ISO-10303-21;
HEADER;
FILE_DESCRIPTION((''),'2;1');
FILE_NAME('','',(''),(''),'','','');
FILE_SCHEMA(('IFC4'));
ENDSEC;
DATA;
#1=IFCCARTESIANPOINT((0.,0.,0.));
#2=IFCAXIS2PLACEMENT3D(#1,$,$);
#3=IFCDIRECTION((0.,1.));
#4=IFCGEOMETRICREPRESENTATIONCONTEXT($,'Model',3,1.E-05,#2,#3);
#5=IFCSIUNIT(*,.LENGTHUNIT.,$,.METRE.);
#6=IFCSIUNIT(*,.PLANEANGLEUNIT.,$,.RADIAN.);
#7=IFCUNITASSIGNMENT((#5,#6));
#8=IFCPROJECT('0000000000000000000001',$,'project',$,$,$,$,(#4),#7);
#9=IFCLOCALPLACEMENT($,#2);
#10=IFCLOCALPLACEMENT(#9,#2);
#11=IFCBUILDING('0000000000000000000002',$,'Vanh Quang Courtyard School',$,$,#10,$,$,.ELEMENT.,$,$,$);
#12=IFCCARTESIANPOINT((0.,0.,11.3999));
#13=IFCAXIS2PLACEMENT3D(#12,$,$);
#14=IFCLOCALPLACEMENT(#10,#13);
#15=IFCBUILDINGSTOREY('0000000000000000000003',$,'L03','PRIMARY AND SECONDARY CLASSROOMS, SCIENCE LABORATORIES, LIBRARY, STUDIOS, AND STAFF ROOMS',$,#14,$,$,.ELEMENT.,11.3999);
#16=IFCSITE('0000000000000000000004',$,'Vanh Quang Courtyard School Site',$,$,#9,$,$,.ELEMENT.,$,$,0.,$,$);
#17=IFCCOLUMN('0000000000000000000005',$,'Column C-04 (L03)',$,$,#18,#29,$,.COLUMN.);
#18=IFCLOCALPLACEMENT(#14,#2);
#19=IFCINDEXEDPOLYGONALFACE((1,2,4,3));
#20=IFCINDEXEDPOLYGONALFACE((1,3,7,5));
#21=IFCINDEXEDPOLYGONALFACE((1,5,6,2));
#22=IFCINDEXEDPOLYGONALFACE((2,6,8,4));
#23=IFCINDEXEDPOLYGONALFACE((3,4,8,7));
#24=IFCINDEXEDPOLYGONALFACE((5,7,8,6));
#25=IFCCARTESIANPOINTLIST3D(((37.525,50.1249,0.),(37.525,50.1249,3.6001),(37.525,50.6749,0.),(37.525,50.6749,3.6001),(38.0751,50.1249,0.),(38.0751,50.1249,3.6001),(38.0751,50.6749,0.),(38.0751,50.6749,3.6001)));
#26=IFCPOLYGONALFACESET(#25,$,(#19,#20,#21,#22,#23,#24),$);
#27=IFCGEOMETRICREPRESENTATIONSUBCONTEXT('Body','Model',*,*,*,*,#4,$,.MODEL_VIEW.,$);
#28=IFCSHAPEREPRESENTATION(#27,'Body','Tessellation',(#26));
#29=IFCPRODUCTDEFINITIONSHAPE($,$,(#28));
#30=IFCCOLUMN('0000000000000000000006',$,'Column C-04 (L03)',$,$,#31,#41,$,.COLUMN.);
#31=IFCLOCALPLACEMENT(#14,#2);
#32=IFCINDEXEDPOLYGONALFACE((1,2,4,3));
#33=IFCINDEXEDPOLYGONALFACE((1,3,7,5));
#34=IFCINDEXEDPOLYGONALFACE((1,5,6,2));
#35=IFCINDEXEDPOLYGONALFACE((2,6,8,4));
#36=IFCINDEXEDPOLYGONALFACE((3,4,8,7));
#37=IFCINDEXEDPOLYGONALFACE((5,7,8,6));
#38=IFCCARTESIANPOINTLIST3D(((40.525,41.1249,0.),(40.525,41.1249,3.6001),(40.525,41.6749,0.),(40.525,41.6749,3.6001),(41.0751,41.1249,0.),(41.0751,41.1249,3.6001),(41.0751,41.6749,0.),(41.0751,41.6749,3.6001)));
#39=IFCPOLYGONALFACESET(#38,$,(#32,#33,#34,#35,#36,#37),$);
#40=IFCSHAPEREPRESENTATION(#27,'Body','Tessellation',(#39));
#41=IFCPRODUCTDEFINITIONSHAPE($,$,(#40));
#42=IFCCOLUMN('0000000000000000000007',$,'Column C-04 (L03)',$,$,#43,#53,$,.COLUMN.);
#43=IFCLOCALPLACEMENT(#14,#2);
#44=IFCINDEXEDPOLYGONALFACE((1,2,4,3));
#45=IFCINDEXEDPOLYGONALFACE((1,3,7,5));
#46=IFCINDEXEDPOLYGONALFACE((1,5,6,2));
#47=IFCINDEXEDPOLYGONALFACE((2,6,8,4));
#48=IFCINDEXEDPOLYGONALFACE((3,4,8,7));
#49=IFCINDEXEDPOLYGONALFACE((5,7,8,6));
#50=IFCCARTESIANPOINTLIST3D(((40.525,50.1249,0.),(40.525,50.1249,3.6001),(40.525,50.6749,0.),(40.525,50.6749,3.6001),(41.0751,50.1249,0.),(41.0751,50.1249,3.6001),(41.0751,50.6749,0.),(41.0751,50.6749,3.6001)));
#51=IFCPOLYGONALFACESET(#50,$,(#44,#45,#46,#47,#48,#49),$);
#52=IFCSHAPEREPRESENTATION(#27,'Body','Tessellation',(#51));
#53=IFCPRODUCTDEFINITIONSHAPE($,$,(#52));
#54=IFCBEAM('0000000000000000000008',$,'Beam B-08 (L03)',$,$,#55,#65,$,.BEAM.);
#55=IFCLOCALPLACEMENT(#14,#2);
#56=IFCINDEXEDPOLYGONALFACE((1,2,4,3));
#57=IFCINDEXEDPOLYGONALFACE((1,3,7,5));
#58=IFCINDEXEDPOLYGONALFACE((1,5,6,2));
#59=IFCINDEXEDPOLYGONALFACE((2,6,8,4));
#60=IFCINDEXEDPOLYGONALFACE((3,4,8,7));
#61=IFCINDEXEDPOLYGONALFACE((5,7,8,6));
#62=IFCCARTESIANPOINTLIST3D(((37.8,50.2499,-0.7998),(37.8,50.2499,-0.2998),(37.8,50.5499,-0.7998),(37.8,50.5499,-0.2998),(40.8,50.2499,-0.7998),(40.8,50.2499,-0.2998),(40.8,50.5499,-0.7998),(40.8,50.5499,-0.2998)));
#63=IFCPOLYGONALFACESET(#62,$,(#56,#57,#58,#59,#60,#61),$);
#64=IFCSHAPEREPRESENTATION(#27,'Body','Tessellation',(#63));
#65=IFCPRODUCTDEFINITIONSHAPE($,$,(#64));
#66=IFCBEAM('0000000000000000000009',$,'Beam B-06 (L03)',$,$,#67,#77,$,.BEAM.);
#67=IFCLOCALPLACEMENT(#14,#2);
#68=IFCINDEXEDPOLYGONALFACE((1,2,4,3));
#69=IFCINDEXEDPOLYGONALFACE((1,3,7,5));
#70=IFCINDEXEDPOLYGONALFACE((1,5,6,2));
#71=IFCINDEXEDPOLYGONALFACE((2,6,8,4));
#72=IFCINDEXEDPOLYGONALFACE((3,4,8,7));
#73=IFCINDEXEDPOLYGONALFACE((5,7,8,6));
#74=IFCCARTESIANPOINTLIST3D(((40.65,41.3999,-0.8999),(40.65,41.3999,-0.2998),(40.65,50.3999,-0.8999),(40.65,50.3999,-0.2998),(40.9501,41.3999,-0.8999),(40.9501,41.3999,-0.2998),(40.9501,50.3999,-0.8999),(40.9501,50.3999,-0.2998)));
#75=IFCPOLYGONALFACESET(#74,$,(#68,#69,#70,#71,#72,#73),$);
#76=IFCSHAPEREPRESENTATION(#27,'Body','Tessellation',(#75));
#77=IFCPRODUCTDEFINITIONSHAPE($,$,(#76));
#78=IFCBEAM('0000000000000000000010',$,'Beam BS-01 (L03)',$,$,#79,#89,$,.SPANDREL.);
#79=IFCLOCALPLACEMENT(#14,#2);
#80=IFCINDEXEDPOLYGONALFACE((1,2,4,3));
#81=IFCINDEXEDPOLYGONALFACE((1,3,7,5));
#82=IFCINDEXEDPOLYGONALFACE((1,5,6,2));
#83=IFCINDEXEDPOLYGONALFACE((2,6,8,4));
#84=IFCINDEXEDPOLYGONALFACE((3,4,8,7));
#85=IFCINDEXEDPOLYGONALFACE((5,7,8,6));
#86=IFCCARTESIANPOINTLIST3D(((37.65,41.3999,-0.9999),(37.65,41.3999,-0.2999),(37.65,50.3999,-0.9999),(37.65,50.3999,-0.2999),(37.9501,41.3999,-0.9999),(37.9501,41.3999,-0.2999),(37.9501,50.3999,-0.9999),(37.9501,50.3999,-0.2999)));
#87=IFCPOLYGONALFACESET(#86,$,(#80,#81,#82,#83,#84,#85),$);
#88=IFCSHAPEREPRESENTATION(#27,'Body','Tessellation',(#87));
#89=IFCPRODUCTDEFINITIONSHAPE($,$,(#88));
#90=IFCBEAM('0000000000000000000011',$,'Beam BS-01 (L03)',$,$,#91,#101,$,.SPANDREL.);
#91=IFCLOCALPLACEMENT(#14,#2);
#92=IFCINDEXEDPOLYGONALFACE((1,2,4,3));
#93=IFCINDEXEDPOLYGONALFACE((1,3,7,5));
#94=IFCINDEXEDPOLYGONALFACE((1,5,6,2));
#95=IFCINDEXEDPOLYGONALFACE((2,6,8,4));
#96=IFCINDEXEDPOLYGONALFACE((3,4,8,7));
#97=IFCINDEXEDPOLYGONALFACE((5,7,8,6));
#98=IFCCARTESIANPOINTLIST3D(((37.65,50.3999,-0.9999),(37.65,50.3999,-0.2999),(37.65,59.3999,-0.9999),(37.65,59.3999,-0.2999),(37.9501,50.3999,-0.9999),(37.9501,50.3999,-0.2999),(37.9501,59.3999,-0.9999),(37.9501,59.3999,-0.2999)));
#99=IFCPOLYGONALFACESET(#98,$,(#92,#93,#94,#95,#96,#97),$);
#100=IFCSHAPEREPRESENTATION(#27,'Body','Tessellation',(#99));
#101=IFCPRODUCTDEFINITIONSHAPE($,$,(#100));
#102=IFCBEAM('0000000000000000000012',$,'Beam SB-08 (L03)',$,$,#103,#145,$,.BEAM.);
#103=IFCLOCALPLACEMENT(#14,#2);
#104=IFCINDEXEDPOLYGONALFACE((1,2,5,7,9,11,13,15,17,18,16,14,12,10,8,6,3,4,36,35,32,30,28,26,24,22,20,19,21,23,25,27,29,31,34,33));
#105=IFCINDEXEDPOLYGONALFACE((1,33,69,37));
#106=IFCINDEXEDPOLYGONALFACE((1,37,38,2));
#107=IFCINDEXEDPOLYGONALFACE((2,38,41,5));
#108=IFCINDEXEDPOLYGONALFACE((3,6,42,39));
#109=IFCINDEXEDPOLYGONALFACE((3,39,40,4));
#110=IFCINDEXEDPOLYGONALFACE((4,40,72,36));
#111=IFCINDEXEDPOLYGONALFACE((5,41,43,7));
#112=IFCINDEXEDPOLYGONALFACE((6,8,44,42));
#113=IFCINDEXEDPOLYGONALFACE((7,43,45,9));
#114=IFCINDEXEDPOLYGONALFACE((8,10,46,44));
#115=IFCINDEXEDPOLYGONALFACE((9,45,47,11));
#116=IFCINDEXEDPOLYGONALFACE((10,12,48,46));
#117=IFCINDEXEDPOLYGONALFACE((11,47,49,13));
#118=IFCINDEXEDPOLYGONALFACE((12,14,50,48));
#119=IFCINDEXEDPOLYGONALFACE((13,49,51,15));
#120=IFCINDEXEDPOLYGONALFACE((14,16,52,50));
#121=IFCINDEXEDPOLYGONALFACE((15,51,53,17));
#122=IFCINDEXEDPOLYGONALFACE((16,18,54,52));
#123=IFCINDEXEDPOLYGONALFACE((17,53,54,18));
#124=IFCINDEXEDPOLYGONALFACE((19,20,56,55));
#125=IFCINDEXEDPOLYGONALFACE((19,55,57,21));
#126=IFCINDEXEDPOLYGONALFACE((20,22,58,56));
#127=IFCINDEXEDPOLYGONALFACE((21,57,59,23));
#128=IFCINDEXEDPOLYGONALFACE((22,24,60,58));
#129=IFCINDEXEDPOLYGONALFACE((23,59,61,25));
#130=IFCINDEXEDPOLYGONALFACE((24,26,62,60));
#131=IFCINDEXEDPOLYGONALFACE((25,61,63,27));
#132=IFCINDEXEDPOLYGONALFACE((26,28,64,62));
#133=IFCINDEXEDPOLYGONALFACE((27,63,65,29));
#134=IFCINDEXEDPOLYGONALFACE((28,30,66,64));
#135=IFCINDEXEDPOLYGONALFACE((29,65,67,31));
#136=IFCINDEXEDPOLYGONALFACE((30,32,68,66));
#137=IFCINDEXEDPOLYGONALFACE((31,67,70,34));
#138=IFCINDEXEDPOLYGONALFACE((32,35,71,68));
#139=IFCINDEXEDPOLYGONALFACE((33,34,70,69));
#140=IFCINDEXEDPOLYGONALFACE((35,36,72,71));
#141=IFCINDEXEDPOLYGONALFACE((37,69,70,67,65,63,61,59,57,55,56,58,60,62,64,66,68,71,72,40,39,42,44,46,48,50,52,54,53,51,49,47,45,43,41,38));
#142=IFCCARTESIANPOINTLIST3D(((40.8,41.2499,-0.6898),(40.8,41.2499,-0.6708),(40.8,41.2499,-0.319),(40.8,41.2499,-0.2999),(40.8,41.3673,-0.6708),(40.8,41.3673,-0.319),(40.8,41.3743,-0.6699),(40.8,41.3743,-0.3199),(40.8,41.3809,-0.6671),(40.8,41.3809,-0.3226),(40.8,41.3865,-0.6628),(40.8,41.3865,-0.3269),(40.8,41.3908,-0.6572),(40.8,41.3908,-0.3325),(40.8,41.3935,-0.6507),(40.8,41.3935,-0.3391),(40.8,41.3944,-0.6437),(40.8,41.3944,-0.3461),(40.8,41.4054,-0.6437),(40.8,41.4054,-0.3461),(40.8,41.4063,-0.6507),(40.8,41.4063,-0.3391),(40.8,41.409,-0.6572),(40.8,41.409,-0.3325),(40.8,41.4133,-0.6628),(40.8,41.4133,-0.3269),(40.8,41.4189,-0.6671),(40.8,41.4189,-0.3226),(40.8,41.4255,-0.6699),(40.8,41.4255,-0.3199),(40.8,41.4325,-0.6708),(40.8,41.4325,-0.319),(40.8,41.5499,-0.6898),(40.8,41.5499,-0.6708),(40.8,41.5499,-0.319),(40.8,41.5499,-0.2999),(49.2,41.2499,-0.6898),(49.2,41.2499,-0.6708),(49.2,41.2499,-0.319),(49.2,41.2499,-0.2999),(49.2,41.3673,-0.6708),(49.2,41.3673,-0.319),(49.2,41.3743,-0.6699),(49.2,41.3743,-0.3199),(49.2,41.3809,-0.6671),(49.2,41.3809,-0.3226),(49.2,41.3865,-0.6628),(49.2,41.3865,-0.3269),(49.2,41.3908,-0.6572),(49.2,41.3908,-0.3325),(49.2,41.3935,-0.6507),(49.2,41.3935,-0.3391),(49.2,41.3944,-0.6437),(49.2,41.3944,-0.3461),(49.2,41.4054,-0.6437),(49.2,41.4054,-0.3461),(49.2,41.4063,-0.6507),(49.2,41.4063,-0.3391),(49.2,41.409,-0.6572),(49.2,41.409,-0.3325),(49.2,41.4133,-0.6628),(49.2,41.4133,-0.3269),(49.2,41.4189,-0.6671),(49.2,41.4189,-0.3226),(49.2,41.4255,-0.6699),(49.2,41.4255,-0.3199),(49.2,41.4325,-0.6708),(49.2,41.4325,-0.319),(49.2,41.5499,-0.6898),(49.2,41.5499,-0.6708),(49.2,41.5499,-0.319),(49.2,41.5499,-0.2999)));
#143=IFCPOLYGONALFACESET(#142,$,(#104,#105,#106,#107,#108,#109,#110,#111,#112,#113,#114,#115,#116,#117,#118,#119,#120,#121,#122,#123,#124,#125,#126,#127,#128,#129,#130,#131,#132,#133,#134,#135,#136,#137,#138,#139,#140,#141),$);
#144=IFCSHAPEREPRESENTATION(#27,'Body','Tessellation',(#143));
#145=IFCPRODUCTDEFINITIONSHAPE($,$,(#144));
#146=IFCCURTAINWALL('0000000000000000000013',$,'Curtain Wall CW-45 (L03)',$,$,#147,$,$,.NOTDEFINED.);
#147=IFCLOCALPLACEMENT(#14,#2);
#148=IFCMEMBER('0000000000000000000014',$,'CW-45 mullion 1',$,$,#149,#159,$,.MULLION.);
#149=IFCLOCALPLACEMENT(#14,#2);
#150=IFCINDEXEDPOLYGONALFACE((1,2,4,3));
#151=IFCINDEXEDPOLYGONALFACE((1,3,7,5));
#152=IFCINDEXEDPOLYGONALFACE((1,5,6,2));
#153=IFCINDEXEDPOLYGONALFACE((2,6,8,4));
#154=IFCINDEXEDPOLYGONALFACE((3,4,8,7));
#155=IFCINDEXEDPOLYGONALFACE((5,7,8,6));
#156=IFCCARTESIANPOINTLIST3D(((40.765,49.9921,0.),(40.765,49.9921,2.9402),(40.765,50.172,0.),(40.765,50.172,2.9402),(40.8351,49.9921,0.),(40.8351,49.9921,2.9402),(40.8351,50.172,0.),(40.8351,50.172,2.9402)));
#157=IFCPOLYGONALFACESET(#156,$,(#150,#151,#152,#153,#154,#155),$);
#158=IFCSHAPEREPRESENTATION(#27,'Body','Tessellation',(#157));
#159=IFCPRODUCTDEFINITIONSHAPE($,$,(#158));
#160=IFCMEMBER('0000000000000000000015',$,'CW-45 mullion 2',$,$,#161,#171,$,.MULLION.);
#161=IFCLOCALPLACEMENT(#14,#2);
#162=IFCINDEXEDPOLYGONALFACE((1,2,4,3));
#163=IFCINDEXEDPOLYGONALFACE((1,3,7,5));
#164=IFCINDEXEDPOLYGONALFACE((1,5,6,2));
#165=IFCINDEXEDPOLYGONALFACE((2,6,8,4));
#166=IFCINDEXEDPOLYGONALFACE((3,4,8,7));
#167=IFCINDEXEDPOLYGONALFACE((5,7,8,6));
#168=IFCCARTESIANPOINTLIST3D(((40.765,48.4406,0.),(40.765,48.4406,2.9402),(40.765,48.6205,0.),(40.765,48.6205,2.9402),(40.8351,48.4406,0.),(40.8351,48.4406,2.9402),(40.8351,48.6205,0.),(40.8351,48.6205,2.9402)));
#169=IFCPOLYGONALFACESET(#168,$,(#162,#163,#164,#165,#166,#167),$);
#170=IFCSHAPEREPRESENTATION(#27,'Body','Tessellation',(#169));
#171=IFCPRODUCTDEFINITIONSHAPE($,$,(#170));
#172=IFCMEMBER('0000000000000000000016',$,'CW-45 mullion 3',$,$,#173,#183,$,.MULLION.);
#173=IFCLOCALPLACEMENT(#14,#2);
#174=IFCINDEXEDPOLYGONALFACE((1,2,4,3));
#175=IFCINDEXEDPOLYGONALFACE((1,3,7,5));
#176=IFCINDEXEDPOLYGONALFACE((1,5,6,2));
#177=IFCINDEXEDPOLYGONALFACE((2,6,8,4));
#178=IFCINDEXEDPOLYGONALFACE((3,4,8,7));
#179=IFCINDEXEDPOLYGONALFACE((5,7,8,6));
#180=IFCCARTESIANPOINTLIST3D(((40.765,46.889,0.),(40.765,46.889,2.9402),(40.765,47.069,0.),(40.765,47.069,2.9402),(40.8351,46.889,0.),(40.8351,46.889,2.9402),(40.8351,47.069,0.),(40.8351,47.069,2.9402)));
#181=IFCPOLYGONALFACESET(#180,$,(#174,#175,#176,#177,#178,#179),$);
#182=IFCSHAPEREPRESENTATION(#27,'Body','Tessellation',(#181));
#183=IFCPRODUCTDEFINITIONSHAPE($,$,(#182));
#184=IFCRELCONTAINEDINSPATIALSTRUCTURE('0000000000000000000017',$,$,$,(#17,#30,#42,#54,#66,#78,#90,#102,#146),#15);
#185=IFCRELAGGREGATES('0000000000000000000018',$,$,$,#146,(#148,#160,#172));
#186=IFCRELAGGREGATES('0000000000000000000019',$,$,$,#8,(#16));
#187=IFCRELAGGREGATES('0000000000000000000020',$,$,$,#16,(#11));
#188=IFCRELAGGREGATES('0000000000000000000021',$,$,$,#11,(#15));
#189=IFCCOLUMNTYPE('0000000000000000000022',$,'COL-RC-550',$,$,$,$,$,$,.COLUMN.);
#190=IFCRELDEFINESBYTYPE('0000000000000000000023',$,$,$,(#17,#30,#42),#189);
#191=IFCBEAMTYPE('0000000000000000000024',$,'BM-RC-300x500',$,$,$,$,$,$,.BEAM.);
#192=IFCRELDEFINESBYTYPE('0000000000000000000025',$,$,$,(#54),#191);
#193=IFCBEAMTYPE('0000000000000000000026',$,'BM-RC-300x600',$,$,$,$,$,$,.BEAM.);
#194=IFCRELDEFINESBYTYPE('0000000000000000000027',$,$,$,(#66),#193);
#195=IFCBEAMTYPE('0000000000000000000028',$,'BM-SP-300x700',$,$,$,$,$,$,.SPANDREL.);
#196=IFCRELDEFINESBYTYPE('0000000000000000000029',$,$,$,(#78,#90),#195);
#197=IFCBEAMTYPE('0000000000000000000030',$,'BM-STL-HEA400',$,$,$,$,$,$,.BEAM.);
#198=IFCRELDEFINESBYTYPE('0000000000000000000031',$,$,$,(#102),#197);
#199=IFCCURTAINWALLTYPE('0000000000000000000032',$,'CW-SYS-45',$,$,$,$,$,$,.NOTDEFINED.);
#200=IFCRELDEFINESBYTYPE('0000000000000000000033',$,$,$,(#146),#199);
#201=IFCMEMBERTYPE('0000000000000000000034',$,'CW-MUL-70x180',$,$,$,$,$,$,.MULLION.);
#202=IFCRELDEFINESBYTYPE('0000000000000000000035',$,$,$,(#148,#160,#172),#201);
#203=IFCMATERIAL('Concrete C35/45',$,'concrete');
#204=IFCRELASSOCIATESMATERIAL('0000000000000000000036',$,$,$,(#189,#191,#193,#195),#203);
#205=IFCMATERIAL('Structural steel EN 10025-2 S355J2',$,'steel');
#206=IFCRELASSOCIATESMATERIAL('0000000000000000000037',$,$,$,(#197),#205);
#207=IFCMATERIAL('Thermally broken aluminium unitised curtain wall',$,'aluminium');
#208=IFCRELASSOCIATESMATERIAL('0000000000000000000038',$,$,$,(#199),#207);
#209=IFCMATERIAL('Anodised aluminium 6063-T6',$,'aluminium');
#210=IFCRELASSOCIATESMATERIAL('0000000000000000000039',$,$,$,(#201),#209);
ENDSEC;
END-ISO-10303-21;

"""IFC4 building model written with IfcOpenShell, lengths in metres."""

from ifc_helpers import new_model, si_unit, direction, frame, origin, origin_2d, place, context, subcontext, project, spatial, rectangle, i_section, extrude, material, material_profile, profile_set, type_object, element, aggregate, save


model = new_model("IFC4")

# Units and contexts
model_context = context("Model", 3, precision=1e-05, world=origin(), true_north=direction((0.0, 1.0)))
body_context = subcontext(model_context, "Body", "Model", "MODEL_VIEW")
ifc_project = project(units=[si_unit("LENGTHUNIT", "METRE"), si_unit("PLANEANGLEUNIT", "RADIAN")], contexts=[model_context])

# Site, building, storey
site_placement = place(None, origin())
site = spatial("IfcSite", under=ifc_project, at=site_placement, Name="Vanh Quang Courtyard School Site", CompositionType="ELEMENT", RefElevation=0.0)
building_placement = place(site_placement, origin())
building = spatial("IfcBuilding", under=site, at=building_placement, Name="Vanh Quang Courtyard School", CompositionType="ELEMENT")
storey_placement = place(building_placement, frame((0.0, 0.0, 11.3999)))
storey = spatial("IfcBuildingStorey", under=building, at=storey_placement, Name="L03", Description="PRIMARY AND SECONDARY CLASSROOMS, SCIENCE LABORATORIES, LIBRARY, STUDIOS, AND STAFF ROOMS", CompositionType="ELEMENT", Elevation=11.3999)

# Columns
ifc_material_1 = material(Name="Concrete C35/45", Category="concrete")
ifc_material_profile_1 = material_profile(ifc_material_1, rectangle(XDim=0.55, YDim=0.55, at=origin_2d()), Name="RC-COL 550x550")
ifc_profile_set_1 = profile_set([ifc_material_profile_1], Name="Concrete C35/45")
column_type = type_object("IfcColumnType", Name="COL-RC-550", PredefinedType="COLUMN", material=ifc_profile_set_1)
for number, where, z_axis, x_axis, name in (
    (1, (37.8, 50.3999, 0.0), (0.0, 0.0, 1.0), (1.0, 0.0, 0.0), "Column C-04 (L03)"),
    (2, (40.8, 41.3999, 0.0), (0.0, 0.0, 1.0), (1.0, 0.0, 0.0), "Column C-04 (L03)"),
    (3, (40.8, 50.3999, 0.0), (0.0, 0.0, 1.0), (1.0, 0.0, 0.0), "Column C-04 (L03)"),
):
    element("IfcColumn", number, at=place(storey_placement, frame(where, z_axis=z_axis, x_axis=x_axis)), inside=storey, type_object=column_type, Name=name, PredefinedType="COLUMN", context=body_context, shape_type="SweptSolid", body=[
        extrude(rectangle(XDim=0.55, YDim=0.55, at=origin_2d()), origin(), (0.0, 0.0, 1.0), 3.6001),
    ])

# Beams
ifc_material_profile_2 = material_profile(ifc_material_1, rectangle(XDim=0.3, YDim=0.5, at=origin_2d()), Name="RC-BM 300x500")
ifc_profile_set_2 = profile_set([ifc_material_profile_2], Name="Concrete C35/45")
beam_type_1 = type_object("IfcBeamType", Name="BM-RC-300x500", PredefinedType="BEAM", material=ifc_profile_set_2)
beam_1_placement = place(storey_placement, frame((37.8, 50.3999, -0.5498), z_axis=(1.0, 0.0, 0.0), x_axis=(0.0, 1.0, 0.0)))
element("IfcBeam", 4, at=beam_1_placement, inside=storey, type_object=beam_type_1, Name="Beam B-08 (L03)", PredefinedType="BEAM", context=body_context, shape_type="SweptSolid", body=[
    extrude(rectangle(XDim=0.3, YDim=0.5, at=origin_2d()), origin(), (0.0, 0.0, 1.0), 3.0),
])
ifc_material_profile_3 = material_profile(ifc_material_1, rectangle(XDim=0.3, YDim=0.6001, at=origin_2d()), Name="RC-BM 300x600")
ifc_profile_set_3 = profile_set([ifc_material_profile_3], Name="Concrete C35/45")
beam_type_2 = type_object("IfcBeamType", Name="BM-RC-300x600", PredefinedType="BEAM", material=ifc_profile_set_3)
beam_2_placement = place(storey_placement, frame((40.8, 41.3999, -0.5999), z_axis=(0.0, 1.0, 0.0), x_axis=(-1.0, 0.0, 0.0)))
element("IfcBeam", 5, at=beam_2_placement, inside=storey, type_object=beam_type_2, Name="Beam B-06 (L03)", PredefinedType="BEAM", context=body_context, shape_type="SweptSolid", body=[
    extrude(rectangle(XDim=0.3, YDim=0.6001, at=origin_2d()), origin(), (0.0, 0.0, 1.0), 9.0),
])
ifc_material_profile_4 = material_profile(ifc_material_1, rectangle(XDim=0.3, YDim=0.7, at=origin_2d()), Name="RC-SP 300x700")
ifc_profile_set_4 = profile_set([ifc_material_profile_4], Name="Concrete C35/45")
beam_type_3 = type_object("IfcBeamType", Name="BM-SP-300x700", PredefinedType="SPANDREL", material=ifc_profile_set_4)
for number, where, z_axis, x_axis, name in (
    (6, (37.8, 41.3999, -0.6499), (0.0, 1.0, 0.0), (-1.0, 0.0, 0.0), "Beam BS-01 (L03)"),
    (7, (37.8, 50.3999, -0.6499), (0.0, 1.0, 0.0), (-1.0, 0.0, 0.0), "Beam BS-01 (L03)"),
):
    element("IfcBeam", number, at=place(storey_placement, frame(where, z_axis=z_axis, x_axis=x_axis)), inside=storey, type_object=beam_type_3, Name=name, PredefinedType="SPANDREL", context=body_context, shape_type="SweptSolid", body=[
        extrude(rectangle(XDim=0.3, YDim=0.7, at=origin_2d()), origin(), (0.0, 0.0, 1.0), 9.0),
    ])
ifc_material_2 = material(Name="Structural steel EN 10025-2 S355J2", Category="steel")
ifc_material_profile_5 = material_profile(ifc_material_2, i_section(OverallWidth=0.3, OverallDepth=0.3899, WebThickness=0.011, FlangeThickness=0.019, FilletRadius=0.0271, at=origin_2d()), Name="HEA 400")
ifc_profile_set_5 = profile_set([ifc_material_profile_5], Name="Structural steel EN 10025-2 S355J2")
beam_type_4 = type_object("IfcBeamType", Name="BM-STL-HEA400", PredefinedType="BEAM", material=ifc_profile_set_5)
beam_3_placement = place(storey_placement, frame((40.8, 41.3999, -0.4949), z_axis=(1.0, 0.0, 0.0), x_axis=(0.0, 1.0, 0.0)))
element("IfcBeam", 8, at=beam_3_placement, inside=storey, type_object=beam_type_4, Name="Beam SB-08 (L03)", PredefinedType="BEAM", context=body_context, shape_type="SweptSolid", body=[
    extrude(i_section(OverallWidth=0.3, OverallDepth=0.3899, WebThickness=0.011, FlangeThickness=0.019, FilletRadius=0.0271, at=origin_2d()), origin(), (0.0, 0.0, 1.0), 8.3999),
])

# Curtain wall, members
ifc_material_3 = material(Name="Thermally broken aluminium unitised curtain wall", Category="aluminium")
curtain_wall_type = type_object("IfcCurtainWallType", Name="CW-SYS-45", PredefinedType="NOTDEFINED", material=ifc_material_3)
curtain_wall_placement = place(storey_placement, origin())
curtain_wall = element("IfcCurtainWall", 9, at=curtain_wall_placement, inside=storey, type_object=curtain_wall_type, Name="Curtain Wall CW-45 (L03)", PredefinedType="NOTDEFINED")
ifc_material_4 = material(Name="Anodised aluminium 6063-T6", Category="aluminium")
ifc_material_profile_6 = material_profile(ifc_material_4, rectangle(XDim=0.0701, YDim=0.1799, at=origin_2d()), Name="ALU-MUL 70x180")
ifc_profile_set_6 = profile_set([ifc_material_profile_6], Name="Anodised aluminium 6063-T6")
member_type_1 = type_object("IfcMemberType", Name="CW-MUL-70x180", PredefinedType="MULLION", material=ifc_profile_set_6)
member_1_placement = place(storey_placement, frame((40.8, 50.082, 0.0), z_axis=(0.0, 0.0, 1.0), x_axis=(1.0, 0.0, 0.0)))
member_1 = element("IfcMember", 10, at=member_1_placement, type_object=member_type_1, Name="CW-45 mullion 1", PredefinedType="MULLION", context=body_context, shape_type="SweptSolid", body=[
    extrude(rectangle(XDim=0.0701, YDim=0.1799, at=origin_2d()), origin(), (0.0, 0.0, 1.0), 2.9402),
])
member_2_placement = place(storey_placement, frame((40.8, 48.5305, 0.0), z_axis=(0.0, 0.0, 1.0), x_axis=(1.0, 0.0, 0.0)))
member_2 = element("IfcMember", 11, at=member_2_placement, type_object=member_type_1, Name="CW-45 mullion 2", PredefinedType="MULLION", context=body_context, shape_type="SweptSolid", body=[
    extrude(rectangle(XDim=0.0701, YDim=0.1799, at=origin_2d()), origin(), (0.0, 0.0, 1.0), 2.9402),
])
member_3_placement = place(storey_placement, frame((40.8, 46.979, 0.0), z_axis=(0.0, 0.0, 1.0), x_axis=(1.0, 0.0, 0.0)))
member_3 = element("IfcMember", 12, at=member_3_placement, type_object=member_type_1, Name="CW-45 mullion 3", PredefinedType="MULLION", context=body_context, shape_type="SweptSolid", body=[
    extrude(rectangle(XDim=0.0701, YDim=0.1799, at=origin_2d()), origin(), (0.0, 0.0, 1.0), 2.9402),
])
aggregate(curtain_wall, [member_1, member_2, member_3])

save(model, "model.ifc")
